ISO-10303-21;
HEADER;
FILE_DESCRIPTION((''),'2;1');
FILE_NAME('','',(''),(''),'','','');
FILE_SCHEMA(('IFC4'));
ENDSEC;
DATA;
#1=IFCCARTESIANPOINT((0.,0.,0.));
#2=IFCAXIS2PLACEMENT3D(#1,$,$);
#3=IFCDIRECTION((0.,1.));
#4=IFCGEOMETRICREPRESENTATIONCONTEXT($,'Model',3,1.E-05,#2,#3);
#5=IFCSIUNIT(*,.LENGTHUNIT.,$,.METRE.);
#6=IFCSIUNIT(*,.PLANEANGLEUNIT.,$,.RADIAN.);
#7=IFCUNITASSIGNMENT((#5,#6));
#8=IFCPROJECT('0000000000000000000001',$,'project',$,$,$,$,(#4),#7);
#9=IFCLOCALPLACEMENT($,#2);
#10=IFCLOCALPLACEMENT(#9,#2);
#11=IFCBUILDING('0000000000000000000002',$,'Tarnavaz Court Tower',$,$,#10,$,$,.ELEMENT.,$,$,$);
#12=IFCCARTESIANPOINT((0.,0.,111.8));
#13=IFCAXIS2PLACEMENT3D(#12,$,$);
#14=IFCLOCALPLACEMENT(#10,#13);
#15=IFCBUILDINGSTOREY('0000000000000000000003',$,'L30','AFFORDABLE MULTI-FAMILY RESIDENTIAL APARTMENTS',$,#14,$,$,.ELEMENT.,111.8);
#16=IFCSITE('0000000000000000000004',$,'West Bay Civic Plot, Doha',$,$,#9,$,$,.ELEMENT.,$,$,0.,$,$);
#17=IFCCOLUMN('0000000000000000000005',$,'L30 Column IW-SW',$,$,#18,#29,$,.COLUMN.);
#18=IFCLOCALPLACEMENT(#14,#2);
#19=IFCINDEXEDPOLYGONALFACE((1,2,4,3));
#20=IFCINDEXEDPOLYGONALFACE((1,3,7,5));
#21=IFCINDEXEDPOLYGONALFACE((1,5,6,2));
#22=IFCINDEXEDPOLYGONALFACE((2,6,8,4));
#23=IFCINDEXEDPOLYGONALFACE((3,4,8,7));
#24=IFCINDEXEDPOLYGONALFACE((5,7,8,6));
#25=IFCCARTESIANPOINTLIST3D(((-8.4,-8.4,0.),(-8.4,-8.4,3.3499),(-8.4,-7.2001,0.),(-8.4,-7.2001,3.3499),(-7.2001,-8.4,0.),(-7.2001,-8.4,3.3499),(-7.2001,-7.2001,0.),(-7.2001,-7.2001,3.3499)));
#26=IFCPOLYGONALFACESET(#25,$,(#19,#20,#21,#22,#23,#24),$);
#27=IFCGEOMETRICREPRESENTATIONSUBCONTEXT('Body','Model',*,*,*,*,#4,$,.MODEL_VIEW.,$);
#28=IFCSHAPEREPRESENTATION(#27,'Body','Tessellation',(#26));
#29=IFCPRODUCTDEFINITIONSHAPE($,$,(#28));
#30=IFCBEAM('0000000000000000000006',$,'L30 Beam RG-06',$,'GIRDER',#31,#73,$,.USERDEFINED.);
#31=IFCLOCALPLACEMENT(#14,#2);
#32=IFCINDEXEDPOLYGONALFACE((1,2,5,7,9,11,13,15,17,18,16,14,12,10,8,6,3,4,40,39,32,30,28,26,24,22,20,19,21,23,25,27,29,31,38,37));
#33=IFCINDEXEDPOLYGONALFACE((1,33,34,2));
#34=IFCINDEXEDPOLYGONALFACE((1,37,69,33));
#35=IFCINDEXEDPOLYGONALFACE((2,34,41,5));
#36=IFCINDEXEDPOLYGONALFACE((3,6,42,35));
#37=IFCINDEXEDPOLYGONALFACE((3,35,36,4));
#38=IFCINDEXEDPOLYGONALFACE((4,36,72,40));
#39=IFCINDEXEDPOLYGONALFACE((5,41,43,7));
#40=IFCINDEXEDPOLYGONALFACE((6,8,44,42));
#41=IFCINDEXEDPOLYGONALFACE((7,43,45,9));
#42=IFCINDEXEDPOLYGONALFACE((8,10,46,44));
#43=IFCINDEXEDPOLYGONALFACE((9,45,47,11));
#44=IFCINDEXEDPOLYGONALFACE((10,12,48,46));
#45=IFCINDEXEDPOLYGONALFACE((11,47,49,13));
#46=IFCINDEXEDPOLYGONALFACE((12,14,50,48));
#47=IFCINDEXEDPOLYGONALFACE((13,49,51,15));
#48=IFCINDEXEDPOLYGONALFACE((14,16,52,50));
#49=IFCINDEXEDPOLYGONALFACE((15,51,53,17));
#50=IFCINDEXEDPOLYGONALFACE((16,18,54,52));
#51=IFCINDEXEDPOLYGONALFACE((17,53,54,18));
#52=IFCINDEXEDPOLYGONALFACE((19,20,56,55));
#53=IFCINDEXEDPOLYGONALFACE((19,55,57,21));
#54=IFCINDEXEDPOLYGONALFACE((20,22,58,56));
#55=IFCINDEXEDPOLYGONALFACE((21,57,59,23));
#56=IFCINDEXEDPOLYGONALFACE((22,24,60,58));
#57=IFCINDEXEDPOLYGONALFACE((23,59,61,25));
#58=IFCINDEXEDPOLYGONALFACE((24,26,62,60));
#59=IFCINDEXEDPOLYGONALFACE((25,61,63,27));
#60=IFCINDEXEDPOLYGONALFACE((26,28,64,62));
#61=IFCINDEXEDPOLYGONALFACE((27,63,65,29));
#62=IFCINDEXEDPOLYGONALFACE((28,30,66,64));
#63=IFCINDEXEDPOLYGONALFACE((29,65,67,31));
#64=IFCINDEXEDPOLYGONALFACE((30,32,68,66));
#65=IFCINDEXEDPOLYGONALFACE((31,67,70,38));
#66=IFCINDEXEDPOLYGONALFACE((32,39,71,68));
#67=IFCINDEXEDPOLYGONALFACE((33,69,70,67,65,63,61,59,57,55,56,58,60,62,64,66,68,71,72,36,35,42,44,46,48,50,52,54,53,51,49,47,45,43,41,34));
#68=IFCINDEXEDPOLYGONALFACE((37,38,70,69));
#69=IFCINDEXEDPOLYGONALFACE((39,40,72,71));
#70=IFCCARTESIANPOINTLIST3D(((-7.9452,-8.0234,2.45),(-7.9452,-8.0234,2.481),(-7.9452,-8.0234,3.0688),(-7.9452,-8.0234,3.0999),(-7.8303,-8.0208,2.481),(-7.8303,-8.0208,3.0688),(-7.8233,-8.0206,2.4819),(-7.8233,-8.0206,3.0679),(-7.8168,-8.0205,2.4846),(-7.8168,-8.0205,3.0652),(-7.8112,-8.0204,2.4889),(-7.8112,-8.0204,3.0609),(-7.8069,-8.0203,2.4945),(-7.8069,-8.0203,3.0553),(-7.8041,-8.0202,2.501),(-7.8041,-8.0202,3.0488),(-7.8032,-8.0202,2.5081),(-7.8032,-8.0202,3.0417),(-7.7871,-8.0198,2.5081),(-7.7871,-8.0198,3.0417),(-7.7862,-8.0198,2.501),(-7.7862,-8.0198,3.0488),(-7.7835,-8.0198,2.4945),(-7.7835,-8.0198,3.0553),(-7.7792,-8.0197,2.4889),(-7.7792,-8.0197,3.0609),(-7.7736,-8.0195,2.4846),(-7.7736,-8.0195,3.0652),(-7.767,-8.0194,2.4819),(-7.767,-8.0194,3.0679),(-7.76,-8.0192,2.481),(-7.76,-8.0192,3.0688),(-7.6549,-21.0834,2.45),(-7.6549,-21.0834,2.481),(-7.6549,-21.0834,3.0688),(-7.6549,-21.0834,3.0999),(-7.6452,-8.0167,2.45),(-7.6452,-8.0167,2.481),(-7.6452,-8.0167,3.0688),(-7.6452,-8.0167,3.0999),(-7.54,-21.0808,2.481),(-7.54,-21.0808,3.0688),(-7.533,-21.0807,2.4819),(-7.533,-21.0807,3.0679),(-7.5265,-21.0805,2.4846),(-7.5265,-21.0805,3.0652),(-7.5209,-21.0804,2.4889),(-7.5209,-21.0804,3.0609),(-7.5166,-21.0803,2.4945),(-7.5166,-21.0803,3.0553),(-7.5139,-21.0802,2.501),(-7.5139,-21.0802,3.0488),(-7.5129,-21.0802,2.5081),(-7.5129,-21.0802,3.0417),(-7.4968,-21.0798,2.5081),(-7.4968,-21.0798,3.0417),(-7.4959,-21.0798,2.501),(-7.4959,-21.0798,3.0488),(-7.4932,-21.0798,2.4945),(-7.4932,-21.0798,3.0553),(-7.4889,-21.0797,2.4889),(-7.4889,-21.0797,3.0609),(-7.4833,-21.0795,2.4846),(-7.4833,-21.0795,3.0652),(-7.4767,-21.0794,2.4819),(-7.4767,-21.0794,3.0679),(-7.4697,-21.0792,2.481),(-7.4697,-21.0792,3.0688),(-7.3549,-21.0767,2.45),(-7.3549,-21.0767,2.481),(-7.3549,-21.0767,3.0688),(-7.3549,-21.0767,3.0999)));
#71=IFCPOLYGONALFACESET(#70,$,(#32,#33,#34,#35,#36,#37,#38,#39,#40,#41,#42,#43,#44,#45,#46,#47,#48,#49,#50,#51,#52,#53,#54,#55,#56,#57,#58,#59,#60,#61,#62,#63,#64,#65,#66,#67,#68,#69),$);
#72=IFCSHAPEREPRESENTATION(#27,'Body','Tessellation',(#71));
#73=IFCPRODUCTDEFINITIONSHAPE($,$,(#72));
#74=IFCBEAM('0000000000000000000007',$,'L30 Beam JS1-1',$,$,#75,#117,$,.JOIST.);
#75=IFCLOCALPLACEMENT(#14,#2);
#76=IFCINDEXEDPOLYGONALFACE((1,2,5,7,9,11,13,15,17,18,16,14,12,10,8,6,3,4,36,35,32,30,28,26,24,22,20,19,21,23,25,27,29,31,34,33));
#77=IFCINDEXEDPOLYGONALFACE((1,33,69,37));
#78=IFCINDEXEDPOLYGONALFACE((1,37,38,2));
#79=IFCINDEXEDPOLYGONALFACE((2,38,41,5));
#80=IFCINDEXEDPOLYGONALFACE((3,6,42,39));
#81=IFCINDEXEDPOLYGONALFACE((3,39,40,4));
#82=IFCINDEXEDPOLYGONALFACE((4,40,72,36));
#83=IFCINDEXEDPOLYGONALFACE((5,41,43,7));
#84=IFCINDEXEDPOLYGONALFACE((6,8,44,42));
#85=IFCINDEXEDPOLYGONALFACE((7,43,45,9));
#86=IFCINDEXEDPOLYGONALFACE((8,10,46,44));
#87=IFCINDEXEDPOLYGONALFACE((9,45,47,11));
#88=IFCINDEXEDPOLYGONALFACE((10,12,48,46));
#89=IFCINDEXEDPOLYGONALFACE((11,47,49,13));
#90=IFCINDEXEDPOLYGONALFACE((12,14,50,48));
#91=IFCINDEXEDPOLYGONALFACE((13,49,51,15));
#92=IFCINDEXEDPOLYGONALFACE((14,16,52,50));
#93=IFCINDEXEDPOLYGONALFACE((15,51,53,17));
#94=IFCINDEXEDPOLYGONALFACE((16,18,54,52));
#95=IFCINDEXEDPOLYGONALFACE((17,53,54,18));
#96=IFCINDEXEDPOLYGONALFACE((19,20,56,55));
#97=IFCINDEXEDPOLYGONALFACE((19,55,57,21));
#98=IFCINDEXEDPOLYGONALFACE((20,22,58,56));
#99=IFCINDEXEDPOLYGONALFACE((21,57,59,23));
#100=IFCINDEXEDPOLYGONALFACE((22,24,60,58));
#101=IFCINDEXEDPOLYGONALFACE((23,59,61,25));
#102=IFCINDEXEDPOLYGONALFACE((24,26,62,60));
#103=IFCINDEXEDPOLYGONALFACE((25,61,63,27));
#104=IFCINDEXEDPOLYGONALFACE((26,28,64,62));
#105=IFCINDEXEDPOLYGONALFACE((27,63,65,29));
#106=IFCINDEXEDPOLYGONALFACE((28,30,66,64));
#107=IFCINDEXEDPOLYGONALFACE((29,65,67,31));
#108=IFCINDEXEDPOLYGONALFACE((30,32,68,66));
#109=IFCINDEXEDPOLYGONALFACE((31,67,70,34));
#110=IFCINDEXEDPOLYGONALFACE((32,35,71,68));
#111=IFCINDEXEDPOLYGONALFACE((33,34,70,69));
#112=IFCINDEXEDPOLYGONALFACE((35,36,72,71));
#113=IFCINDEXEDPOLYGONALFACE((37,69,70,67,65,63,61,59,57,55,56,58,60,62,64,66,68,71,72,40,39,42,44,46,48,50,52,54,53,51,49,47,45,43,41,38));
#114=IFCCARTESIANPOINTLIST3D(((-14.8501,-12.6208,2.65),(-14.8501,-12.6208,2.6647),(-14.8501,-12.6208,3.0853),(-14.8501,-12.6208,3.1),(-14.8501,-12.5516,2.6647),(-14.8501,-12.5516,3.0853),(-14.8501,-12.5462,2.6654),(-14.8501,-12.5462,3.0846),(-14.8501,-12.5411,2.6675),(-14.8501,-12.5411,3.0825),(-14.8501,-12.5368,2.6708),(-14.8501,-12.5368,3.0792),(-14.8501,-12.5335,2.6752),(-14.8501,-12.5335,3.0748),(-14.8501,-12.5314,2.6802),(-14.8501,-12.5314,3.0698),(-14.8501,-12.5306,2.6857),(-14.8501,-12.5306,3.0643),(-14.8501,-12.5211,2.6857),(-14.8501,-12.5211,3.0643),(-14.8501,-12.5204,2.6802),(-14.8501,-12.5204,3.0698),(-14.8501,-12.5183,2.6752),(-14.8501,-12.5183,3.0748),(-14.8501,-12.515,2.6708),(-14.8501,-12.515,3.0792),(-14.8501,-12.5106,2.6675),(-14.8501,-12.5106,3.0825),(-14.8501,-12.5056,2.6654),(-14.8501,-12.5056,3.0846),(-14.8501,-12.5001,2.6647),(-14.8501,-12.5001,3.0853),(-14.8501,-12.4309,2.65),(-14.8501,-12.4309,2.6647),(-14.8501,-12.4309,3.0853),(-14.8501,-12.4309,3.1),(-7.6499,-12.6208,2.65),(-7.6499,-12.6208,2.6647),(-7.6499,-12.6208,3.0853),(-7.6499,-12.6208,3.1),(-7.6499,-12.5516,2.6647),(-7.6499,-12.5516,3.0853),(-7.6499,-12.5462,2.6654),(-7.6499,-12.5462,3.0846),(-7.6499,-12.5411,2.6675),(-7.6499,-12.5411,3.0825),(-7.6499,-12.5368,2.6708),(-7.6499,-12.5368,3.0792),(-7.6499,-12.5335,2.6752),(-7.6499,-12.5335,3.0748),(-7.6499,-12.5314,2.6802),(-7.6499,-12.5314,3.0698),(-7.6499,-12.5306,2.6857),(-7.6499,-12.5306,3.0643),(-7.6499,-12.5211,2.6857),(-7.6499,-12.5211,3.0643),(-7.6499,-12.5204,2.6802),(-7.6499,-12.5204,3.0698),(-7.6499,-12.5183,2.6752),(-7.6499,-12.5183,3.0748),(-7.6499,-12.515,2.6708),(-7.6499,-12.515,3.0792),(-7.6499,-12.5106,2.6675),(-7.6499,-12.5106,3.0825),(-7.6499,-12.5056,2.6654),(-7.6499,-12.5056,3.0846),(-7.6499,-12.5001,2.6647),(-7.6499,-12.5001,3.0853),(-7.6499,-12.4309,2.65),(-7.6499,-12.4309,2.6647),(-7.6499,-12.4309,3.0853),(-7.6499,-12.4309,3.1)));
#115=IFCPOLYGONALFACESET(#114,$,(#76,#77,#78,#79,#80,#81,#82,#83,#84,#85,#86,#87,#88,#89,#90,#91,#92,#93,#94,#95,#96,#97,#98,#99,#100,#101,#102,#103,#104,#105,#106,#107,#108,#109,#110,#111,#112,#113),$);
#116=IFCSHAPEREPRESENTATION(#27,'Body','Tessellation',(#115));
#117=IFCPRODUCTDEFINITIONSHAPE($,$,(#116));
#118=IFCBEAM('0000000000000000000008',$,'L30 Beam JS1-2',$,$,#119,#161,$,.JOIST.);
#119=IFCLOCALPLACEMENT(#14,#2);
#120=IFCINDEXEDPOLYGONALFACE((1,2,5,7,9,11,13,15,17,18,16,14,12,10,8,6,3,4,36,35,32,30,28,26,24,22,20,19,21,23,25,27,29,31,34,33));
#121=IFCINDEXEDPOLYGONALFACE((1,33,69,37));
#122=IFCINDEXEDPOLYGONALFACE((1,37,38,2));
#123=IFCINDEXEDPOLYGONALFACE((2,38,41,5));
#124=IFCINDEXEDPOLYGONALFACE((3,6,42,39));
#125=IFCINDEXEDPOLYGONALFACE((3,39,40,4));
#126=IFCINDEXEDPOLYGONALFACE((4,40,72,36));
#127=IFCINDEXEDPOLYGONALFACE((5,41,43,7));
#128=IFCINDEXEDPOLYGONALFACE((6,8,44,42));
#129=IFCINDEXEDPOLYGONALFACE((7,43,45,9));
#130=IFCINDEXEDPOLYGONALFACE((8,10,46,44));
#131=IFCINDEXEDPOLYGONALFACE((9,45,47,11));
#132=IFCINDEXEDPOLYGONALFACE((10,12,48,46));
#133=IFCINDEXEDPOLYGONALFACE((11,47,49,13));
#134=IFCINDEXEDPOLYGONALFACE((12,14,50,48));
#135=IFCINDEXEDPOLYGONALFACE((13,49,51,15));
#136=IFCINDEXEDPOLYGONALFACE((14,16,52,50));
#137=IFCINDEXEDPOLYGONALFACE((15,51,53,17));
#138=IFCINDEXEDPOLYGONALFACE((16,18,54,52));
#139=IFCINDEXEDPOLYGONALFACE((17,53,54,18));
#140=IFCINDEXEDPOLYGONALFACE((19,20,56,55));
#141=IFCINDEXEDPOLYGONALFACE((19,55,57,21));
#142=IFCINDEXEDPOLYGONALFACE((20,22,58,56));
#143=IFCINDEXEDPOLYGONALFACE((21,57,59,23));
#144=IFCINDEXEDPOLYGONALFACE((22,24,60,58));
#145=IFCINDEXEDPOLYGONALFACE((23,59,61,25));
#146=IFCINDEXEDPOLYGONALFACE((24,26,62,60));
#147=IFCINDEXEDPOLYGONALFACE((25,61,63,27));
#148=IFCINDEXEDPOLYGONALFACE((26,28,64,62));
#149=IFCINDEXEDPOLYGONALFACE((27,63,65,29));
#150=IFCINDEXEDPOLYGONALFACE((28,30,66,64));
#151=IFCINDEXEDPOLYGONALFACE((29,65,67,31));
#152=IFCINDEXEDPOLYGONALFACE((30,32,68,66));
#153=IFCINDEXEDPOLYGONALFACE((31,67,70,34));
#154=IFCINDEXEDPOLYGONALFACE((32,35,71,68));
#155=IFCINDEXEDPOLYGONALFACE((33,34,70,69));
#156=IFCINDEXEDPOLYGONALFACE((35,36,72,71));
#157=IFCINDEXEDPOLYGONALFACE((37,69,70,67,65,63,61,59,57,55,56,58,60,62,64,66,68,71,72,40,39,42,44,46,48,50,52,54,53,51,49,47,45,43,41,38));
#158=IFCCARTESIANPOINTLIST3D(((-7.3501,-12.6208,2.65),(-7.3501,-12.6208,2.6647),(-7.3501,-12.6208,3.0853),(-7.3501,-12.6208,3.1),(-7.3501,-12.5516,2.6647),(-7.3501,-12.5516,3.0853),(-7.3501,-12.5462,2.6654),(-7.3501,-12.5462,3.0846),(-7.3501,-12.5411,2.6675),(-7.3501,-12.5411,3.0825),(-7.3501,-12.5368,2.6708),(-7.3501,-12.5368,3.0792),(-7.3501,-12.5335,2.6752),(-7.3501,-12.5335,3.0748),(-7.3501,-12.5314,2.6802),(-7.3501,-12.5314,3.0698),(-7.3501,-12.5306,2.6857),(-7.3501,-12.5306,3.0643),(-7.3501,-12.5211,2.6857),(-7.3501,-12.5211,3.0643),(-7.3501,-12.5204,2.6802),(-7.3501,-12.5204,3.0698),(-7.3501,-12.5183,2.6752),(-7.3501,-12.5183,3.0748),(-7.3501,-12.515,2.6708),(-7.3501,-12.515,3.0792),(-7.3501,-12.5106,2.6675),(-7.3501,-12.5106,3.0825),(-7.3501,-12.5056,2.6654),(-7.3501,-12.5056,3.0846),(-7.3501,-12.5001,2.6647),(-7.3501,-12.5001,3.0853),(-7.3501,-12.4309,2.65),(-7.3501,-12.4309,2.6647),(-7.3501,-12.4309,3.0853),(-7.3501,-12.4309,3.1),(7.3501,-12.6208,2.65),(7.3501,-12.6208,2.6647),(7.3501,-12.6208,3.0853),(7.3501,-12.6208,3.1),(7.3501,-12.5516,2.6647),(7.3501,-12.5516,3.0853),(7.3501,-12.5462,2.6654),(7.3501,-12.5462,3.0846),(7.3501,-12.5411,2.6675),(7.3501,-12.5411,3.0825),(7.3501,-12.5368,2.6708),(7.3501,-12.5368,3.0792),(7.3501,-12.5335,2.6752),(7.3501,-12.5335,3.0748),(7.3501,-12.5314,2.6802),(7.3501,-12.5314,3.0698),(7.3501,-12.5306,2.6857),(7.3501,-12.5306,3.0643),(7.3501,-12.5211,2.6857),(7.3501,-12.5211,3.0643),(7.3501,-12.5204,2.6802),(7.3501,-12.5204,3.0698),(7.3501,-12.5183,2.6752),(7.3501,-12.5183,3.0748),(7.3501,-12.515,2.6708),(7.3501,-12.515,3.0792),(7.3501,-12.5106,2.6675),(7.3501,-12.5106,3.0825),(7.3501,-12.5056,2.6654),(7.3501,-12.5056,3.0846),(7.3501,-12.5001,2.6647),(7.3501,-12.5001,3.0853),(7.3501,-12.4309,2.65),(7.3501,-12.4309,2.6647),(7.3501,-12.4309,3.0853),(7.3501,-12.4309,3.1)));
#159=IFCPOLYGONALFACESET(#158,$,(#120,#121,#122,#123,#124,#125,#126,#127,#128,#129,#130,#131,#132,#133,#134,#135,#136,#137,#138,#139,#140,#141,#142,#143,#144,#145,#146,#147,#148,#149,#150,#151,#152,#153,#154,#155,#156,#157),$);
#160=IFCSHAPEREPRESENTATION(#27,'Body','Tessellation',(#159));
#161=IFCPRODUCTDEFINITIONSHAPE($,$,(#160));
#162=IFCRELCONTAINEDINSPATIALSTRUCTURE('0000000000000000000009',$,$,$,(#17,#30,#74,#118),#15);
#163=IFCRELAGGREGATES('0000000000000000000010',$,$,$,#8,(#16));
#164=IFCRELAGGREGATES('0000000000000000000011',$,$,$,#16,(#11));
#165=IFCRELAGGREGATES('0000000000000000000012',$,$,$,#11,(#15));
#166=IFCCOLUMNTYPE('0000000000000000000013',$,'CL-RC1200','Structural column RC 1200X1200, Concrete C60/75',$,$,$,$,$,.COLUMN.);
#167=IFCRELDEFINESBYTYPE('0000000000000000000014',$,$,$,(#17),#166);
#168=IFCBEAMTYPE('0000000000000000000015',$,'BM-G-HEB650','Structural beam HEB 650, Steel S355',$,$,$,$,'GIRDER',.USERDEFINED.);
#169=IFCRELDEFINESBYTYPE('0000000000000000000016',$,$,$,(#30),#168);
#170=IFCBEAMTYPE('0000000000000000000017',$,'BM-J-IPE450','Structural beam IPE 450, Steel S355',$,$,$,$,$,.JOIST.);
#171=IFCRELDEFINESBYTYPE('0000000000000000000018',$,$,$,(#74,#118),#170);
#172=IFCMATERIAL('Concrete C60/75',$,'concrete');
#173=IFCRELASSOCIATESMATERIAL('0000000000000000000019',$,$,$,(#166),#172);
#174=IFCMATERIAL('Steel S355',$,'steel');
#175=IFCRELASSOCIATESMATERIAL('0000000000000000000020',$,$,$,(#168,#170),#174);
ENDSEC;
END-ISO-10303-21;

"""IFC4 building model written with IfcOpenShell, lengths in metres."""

from ifc_helpers import new_model, si_unit, direction, frame, origin, origin_2d, place, context, subcontext, project, spatial, rectangle, i_section, extrude, material, material_profile, profile_set, type_object, element, save


model = new_model("IFC4")

# Units and contexts
model_context = context("Model", 3, precision=1e-05, world=origin(), true_north=direction((0.0, 1.0)))
body_context = subcontext(model_context, "Body", "Model", "MODEL_VIEW")
ifc_project = project(units=[si_unit("LENGTHUNIT", "METRE"), si_unit("PLANEANGLEUNIT", "RADIAN")], contexts=[model_context])

# Site, building, storey
site_placement = place(None, origin())
site = spatial("IfcSite", under=ifc_project, at=site_placement, Name="West Bay Civic Plot, Doha", CompositionType="ELEMENT", RefElevation=0.0)
building_placement = place(site_placement, origin())
building = spatial("IfcBuilding", under=site, at=building_placement, Name="Tarnavaz Court Tower", CompositionType="ELEMENT")
storey_placement = place(building_placement, frame((0.0, 0.0, 111.8)))
storey = spatial("IfcBuildingStorey", under=building, at=storey_placement, Name="L30", Description="AFFORDABLE MULTI-FAMILY RESIDENTIAL APARTMENTS", CompositionType="ELEMENT", Elevation=111.8)

# Column
ifc_material_1 = material(Name="Concrete C60/75", Category="concrete")
ifc_material_profile_1 = material_profile(ifc_material_1, rectangle(XDim=1.2, YDim=1.2, at=origin_2d()), Name="RC 1200X1200")
ifc_profile_set_1 = profile_set([ifc_material_profile_1], Name="Concrete C60/75")
column_type = type_object("IfcColumnType", Name="CL-RC1200", Description="Structural column RC 1200X1200, Concrete C60/75", PredefinedType="COLUMN", material=ifc_profile_set_1)
column_placement = place(storey_placement, frame((-7.8, -7.8, 0.0), z_axis=(0.0, 0.0, 1.0), x_axis=(1.0, 0.0, 0.0)))
element("IfcColumn", 1, at=column_placement, inside=storey, type_object=column_type, Name="L30 Column IW-SW", PredefinedType="COLUMN", context=body_context, shape_type="SweptSolid", body=[
    extrude(rectangle(XDim=1.2, YDim=1.2, at=origin_2d()), origin(), (0.0, 0.0, 1.0), 3.3499),
])

# Beams
ifc_material_2 = material(Name="Steel S355", Category="steel")
ifc_material_profile_2 = material_profile(ifc_material_2, i_section(OverallWidth=0.3, OverallDepth=0.6499, WebThickness=0.0161, FlangeThickness=0.031, FilletRadius=0.0271, at=origin_2d()), Name="HEB 650")
ifc_profile_set_2 = profile_set([ifc_material_profile_2], Name="Steel S355")
beam_type_1 = type_object("IfcBeamType", Name="BM-G-HEB650", Description="Structural beam HEB 650, Steel S355", ElementType="GIRDER", PredefinedType="USERDEFINED", material=ifc_profile_set_2)
beam_1_placement = place(storey_placement, frame((-7.7952, -8.02, 2.7749), z_axis=(0.022221, -0.999753, 0.0), x_axis=(0.999753, 0.022221, 0.0)))
element("IfcBeam", 2, at=beam_1_placement, inside=storey, type_object=beam_type_1, Name="L30 Beam RG-06", ObjectType="GIRDER", PredefinedType="USERDEFINED", context=body_context, shape_type="SweptSolid", body=[
    extrude(i_section(OverallWidth=0.3, OverallDepth=0.6499, WebThickness=0.0161, FlangeThickness=0.031, FilletRadius=0.0271, at=origin_2d()), origin(), (0.0, 0.0, 1.0), 13.0632),
])
ifc_material_profile_3 = material_profile(ifc_material_2, i_section(OverallWidth=0.1899, OverallDepth=0.45, WebThickness=0.0095, FlangeThickness=0.0146, FilletRadius=0.021, at=origin_2d()), Name="IPE 450")
ifc_profile_set_3 = profile_set([ifc_material_profile_3], Name="Steel S355")
beam_type_2 = type_object("IfcBeamType", Name="BM-J-IPE450", Description="Structural beam IPE 450, Steel S355", PredefinedType="JOIST", material=ifc_profile_set_3)
beam_2_placement = place(storey_placement, frame((-14.8501, -12.5259, 2.875), z_axis=(1.0, 0.0, 0.0), x_axis=(0.0, 1.0, 0.0)))
element("IfcBeam", 3, at=beam_2_placement, inside=storey, type_object=beam_type_2, Name="L30 Beam JS1-1", PredefinedType="JOIST", context=body_context, shape_type="SweptSolid", body=[
    extrude(i_section(OverallWidth=0.1899, OverallDepth=0.45, WebThickness=0.0095, FlangeThickness=0.0146, FilletRadius=0.021, at=origin_2d()), origin(), (0.0, 0.0, 1.0), 7.2002),
])
beam_3_placement = place(storey_placement, frame((-7.3501, -12.5259, 2.875), z_axis=(1.0, 0.0, 0.0), x_axis=(0.0, 1.0, 0.0)))
element("IfcBeam", 4, at=beam_3_placement, inside=storey, type_object=beam_type_2, Name="L30 Beam JS1-2", PredefinedType="JOIST", context=body_context, shape_type="SweptSolid", body=[
    extrude(i_section(OverallWidth=0.1899, OverallDepth=0.45, WebThickness=0.0095, FlangeThickness=0.0146, FilletRadius=0.021, at=origin_2d()), origin(), (0.0, 0.0, 1.0), 14.7002),
])

save(model, "model.ifc")
